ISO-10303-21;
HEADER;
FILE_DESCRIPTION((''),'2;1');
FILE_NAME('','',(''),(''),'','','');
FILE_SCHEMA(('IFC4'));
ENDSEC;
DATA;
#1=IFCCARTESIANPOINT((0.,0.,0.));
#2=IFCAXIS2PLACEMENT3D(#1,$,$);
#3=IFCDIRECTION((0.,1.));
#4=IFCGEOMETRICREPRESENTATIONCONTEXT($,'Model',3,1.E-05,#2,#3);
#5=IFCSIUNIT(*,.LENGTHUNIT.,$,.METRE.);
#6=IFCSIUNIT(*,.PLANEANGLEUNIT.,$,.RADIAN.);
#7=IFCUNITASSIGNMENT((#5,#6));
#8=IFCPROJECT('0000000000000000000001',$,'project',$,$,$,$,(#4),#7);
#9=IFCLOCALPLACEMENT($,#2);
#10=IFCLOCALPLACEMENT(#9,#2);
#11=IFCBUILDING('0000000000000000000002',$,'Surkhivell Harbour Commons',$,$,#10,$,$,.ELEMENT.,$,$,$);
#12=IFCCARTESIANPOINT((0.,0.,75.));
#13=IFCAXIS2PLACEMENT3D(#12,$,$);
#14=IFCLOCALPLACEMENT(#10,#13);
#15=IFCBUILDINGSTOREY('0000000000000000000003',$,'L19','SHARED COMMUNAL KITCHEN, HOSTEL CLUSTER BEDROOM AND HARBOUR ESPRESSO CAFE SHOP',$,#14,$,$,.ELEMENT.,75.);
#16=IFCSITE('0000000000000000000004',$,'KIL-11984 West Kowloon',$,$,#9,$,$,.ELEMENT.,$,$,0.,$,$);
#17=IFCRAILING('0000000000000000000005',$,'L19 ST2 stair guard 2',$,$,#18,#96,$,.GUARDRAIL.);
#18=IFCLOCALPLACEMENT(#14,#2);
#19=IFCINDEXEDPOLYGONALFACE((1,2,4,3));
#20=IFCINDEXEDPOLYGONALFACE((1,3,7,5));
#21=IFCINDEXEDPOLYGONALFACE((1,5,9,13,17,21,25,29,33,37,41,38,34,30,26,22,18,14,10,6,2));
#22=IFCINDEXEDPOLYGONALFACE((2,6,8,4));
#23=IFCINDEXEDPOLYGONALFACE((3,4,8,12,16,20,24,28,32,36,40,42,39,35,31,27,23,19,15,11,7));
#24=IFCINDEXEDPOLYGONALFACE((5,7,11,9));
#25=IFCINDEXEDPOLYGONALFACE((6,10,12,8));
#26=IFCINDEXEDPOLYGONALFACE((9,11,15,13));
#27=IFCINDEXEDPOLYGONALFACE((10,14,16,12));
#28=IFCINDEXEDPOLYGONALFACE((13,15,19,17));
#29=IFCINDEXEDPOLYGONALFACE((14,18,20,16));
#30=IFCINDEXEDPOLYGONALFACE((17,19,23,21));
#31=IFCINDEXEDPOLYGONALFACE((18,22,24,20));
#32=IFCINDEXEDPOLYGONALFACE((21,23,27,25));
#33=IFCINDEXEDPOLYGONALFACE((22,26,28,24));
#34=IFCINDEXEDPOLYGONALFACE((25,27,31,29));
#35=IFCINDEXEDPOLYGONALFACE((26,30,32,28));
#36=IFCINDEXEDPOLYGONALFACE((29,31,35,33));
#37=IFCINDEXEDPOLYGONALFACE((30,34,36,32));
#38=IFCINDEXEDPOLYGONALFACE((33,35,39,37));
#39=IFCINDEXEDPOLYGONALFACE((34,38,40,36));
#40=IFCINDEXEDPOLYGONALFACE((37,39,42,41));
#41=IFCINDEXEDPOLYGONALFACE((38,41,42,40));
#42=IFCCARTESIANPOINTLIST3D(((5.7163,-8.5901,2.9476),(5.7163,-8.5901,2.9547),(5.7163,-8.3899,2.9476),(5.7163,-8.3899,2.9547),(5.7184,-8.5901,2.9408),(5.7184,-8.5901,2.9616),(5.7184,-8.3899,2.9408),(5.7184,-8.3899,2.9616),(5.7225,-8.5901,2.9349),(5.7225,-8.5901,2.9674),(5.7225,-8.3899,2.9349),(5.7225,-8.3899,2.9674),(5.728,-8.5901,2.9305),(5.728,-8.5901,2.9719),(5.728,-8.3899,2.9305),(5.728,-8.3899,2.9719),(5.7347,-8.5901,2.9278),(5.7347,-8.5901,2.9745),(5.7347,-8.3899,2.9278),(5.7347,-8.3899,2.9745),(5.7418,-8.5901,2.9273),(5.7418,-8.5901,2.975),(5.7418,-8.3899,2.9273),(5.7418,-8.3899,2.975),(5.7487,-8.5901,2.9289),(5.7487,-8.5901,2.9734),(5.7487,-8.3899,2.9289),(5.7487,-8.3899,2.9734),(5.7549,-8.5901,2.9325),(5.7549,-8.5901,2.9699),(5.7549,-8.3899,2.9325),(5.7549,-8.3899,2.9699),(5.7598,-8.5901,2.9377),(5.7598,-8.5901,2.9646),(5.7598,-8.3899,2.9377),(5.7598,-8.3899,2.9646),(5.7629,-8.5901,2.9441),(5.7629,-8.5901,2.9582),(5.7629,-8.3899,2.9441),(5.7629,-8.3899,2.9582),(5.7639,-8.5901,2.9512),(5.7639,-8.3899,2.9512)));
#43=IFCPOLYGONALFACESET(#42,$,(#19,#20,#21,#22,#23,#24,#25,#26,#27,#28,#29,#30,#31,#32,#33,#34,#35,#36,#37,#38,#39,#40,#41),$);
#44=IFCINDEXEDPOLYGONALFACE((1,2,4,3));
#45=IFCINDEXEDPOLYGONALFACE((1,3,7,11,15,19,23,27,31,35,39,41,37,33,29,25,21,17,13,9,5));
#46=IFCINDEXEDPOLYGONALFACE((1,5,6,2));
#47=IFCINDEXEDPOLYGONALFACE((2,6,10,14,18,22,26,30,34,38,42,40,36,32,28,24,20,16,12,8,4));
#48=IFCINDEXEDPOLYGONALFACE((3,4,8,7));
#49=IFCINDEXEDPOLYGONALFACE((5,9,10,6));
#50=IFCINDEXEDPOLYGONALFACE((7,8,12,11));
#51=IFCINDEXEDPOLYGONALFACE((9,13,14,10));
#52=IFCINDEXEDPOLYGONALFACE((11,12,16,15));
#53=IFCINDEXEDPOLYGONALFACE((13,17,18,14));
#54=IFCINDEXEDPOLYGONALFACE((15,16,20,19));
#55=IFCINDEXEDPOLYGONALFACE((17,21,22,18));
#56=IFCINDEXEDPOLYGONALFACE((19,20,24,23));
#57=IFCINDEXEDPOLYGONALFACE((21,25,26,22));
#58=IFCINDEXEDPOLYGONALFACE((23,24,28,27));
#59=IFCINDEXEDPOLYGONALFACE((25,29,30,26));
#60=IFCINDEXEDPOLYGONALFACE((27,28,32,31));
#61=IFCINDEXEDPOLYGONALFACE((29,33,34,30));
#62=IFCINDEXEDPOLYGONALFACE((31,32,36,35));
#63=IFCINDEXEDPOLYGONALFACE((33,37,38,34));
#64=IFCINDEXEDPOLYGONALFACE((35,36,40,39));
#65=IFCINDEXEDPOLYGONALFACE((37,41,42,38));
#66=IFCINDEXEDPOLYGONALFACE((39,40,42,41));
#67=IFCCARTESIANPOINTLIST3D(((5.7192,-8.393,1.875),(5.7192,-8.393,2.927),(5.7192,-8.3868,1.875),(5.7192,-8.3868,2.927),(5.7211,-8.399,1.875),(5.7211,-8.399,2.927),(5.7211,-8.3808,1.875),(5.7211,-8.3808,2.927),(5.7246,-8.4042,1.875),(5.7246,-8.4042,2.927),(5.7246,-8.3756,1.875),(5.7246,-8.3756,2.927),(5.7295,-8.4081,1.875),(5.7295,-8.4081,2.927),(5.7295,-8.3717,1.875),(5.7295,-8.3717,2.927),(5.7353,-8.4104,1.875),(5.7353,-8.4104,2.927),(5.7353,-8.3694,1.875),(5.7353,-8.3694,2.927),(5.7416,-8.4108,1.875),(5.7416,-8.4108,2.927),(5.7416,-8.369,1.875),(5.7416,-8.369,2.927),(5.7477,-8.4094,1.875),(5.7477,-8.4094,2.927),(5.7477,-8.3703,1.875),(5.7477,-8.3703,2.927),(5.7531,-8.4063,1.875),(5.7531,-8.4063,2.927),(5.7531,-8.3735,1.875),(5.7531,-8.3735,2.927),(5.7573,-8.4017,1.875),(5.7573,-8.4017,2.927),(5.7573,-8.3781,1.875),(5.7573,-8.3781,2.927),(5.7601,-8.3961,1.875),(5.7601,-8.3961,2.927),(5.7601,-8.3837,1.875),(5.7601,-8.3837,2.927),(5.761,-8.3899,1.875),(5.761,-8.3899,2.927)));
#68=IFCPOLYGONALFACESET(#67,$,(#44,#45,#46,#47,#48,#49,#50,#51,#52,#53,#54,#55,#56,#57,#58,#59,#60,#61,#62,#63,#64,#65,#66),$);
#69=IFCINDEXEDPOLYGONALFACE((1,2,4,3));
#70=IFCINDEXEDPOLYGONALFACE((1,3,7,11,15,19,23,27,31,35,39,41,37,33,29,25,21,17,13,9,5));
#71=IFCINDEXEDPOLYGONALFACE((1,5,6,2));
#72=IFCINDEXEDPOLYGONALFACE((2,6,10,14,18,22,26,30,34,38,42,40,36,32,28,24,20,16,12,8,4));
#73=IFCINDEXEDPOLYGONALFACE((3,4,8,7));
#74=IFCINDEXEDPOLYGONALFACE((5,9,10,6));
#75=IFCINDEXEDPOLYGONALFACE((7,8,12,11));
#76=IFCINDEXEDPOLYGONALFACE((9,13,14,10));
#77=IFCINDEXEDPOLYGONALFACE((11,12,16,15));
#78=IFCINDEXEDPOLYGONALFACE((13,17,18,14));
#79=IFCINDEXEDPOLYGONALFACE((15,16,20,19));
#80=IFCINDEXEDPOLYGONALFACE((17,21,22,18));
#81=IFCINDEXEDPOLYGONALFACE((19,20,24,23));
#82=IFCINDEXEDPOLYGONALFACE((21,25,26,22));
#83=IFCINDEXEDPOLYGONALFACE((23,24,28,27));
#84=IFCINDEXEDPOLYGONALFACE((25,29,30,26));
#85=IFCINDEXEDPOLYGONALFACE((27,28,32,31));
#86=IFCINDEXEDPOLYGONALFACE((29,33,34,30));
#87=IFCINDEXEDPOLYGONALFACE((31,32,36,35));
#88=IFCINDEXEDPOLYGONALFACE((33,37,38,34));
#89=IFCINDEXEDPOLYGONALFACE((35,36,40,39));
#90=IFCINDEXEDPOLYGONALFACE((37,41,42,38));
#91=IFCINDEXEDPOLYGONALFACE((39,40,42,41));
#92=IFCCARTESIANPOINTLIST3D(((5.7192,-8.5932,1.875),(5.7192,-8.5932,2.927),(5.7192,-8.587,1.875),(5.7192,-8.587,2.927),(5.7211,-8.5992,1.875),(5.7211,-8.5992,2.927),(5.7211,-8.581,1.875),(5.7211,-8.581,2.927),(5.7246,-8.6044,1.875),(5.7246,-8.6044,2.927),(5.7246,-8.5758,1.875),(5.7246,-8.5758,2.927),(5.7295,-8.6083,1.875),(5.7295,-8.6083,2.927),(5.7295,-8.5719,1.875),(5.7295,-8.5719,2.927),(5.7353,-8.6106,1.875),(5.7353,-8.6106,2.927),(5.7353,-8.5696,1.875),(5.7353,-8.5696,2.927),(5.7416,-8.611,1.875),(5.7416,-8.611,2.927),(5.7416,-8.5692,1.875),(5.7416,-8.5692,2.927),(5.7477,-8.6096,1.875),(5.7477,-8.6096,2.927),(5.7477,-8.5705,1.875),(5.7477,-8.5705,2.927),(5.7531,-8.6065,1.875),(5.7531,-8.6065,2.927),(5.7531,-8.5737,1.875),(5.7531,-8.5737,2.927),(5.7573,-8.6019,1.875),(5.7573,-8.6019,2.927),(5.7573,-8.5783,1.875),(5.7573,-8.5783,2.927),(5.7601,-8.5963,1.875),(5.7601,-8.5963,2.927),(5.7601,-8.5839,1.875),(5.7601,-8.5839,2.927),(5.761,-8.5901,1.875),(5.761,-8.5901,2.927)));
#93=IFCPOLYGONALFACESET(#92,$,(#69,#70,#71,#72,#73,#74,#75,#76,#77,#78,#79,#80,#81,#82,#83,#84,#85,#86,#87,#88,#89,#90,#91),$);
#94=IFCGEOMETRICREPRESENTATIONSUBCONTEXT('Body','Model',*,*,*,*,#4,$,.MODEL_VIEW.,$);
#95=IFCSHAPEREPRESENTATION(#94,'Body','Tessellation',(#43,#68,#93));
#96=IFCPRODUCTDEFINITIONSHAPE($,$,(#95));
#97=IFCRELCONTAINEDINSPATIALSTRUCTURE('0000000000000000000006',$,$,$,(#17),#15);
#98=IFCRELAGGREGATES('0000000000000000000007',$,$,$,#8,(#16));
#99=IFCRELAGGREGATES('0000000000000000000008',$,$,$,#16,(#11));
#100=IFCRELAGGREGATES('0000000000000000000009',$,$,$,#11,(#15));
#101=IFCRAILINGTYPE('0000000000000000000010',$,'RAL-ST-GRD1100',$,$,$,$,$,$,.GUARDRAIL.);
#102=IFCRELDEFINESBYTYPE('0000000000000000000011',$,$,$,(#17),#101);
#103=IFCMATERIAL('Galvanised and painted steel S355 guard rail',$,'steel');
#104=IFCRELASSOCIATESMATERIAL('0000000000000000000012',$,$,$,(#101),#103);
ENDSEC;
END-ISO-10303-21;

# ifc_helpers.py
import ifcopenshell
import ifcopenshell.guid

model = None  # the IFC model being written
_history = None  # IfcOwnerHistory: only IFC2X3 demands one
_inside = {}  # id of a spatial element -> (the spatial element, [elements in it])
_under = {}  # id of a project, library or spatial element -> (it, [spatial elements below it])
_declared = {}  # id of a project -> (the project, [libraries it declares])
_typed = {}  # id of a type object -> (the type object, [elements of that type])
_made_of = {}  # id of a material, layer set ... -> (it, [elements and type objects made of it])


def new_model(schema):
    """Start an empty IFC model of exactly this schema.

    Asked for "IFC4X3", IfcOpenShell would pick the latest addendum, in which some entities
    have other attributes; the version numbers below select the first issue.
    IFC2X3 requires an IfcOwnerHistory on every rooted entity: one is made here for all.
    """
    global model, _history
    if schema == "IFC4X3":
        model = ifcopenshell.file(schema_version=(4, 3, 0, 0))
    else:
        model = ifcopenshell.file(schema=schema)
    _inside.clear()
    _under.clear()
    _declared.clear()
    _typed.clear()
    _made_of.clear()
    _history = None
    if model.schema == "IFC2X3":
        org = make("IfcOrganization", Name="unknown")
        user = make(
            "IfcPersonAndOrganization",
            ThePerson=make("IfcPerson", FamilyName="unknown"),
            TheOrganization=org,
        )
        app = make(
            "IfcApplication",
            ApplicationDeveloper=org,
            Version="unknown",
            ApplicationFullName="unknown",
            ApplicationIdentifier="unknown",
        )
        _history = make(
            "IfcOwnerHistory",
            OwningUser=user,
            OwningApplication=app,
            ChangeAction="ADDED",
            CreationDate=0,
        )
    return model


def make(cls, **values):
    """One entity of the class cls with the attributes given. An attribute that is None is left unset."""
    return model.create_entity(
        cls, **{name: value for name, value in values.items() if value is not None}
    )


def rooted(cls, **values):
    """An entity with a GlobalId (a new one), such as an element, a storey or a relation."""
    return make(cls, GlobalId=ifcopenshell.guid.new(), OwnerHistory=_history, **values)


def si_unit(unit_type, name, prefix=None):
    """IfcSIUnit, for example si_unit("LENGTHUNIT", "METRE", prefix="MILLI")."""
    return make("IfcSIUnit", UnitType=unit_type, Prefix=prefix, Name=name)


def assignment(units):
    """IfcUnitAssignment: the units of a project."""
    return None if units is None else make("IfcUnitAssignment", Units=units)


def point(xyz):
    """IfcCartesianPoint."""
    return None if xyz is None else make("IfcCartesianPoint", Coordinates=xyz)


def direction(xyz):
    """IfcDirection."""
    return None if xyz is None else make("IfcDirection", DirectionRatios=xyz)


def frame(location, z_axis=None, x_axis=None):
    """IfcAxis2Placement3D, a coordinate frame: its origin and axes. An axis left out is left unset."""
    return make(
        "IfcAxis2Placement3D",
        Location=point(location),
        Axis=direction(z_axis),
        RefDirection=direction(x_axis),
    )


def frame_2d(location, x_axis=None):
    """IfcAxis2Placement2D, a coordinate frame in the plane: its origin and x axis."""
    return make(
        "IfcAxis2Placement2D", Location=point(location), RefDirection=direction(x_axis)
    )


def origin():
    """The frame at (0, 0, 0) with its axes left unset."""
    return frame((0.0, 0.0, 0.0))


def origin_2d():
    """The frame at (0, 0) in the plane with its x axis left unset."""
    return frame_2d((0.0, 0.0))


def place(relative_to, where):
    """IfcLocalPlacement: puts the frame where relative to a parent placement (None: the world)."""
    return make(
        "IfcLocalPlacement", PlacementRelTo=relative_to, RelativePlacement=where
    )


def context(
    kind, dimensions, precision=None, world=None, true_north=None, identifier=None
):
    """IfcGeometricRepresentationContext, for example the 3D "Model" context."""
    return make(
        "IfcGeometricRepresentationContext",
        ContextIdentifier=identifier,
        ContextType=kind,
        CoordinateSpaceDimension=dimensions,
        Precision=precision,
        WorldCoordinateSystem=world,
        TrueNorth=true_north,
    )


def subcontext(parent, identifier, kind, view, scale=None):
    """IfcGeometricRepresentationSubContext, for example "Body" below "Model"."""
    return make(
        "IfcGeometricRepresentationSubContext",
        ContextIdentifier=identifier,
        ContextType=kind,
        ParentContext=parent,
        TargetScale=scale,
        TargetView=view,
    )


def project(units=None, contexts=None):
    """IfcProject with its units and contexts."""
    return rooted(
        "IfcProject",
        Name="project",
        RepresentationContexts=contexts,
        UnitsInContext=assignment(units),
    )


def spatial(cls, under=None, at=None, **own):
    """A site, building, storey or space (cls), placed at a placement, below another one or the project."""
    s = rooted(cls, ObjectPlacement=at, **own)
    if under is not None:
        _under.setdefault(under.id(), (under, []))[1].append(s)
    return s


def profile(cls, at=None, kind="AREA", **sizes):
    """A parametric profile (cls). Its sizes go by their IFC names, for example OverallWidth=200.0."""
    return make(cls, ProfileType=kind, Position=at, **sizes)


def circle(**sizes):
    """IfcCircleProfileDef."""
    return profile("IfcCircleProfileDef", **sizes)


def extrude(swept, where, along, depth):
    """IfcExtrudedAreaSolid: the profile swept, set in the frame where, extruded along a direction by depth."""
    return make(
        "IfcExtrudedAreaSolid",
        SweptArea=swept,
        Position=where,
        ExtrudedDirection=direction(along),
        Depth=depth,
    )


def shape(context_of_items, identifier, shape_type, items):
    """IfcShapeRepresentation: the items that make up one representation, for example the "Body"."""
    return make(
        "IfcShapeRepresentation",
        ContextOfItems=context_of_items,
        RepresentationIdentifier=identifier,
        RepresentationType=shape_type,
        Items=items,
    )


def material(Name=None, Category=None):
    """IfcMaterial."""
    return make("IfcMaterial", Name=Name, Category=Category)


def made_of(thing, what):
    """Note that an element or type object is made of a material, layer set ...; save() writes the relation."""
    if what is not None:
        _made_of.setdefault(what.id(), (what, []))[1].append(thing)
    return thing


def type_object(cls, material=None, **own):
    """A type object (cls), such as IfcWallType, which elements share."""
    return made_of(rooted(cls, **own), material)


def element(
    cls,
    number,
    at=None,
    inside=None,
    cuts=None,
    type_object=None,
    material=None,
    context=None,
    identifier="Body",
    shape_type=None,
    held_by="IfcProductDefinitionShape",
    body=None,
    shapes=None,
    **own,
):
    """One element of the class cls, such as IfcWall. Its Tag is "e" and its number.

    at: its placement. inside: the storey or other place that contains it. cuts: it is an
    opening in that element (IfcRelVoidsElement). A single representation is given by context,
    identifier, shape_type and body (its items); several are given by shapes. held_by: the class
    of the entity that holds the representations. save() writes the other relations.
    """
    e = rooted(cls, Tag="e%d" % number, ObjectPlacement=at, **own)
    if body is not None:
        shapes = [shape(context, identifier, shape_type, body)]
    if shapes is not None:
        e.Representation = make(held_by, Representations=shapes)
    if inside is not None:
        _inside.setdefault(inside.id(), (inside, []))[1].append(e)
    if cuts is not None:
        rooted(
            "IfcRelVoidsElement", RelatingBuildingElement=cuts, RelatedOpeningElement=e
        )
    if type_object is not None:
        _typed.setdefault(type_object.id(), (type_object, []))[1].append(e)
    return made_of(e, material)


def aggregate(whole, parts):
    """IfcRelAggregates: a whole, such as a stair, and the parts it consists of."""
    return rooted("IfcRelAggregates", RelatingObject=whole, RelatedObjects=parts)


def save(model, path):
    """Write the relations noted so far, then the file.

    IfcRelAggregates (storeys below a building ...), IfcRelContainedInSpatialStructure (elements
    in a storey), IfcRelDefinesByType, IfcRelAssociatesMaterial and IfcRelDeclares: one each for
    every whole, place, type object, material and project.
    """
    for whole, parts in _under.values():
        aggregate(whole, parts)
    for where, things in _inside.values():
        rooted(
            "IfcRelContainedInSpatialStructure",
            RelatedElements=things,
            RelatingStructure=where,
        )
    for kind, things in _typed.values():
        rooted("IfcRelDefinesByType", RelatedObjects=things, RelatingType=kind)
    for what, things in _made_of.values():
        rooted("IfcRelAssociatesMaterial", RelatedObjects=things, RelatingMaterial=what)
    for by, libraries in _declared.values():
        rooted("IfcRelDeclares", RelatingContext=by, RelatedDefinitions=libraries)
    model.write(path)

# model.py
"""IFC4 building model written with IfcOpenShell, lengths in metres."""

from ifc_helpers import new_model, si_unit, direction, frame, origin, origin_2d, place, context, subcontext, project, spatial, circle, extrude, material, type_object, element, save


model = new_model("IFC4")

# Units and contexts
model_context = context("Model", 3, precision=1e-05, world=origin(), true_north=direction((0.0, 1.0)))
body_context = subcontext(model_context, "Body", "Model", "MODEL_VIEW")
ifc_project = project(units=[si_unit("LENGTHUNIT", "METRE"), si_unit("PLANEANGLEUNIT", "RADIAN")], contexts=[model_context])

# Site, building, storey
site_placement = place(None, origin())
site = spatial("IfcSite", under=ifc_project, at=site_placement, Name="KIL-11984 West Kowloon", CompositionType="ELEMENT", RefElevation=0.0)
building_placement = place(site_placement, origin())
building = spatial("IfcBuilding", under=site, at=building_placement, Name="Surkhivell Harbour Commons", CompositionType="ELEMENT")
storey_placement = place(building_placement, frame((0.0, 0.0, 75.0)))
storey = spatial("IfcBuildingStorey", under=building, at=storey_placement, Name="L19", Description="SHARED COMMUNAL KITCHEN, HOSTEL CLUSTER BEDROOM AND HARBOUR ESPRESSO CAFE SHOP", CompositionType="ELEMENT", Elevation=75.0)

# Railing
ifc_material_1 = material(Name="Galvanised and painted steel S355 guard rail", Category="steel")
railing_type_1 = type_object("IfcRailingType", Name="RAL-ST-GRD1100", PredefinedType="GUARDRAIL", material=ifc_material_1)
railing_1_placement = place(storey_placement, frame((5.74, -8.3899, 1.875)))
element("IfcRailing", 1, at=railing_1_placement, inside=storey, type_object=railing_type_1, Name="L19 ST2 stair guard 2", PredefinedType="GUARDRAIL", context=body_context, shape_type="SweptSolid", body=[
    extrude(circle(Radius=0.0239, at=origin_2d()), frame((0.0, 0.0, 1.0762), z_axis=(0.0, -1.0, 0.0), x_axis=(1.0, 0.0, 0.0)), (0.0, 0.0, 1.0), 0.2002),
    extrude(circle(Radius=0.021, at=origin_2d()), origin(), (0.0, 0.0, 1.0), 1.052),
    extrude(circle(Radius=0.021, at=origin_2d()), frame((0.0, -0.2002, 0.0)), (0.0, 0.0, 1.0), 1.052),
])

save(model, "model.ifc")
